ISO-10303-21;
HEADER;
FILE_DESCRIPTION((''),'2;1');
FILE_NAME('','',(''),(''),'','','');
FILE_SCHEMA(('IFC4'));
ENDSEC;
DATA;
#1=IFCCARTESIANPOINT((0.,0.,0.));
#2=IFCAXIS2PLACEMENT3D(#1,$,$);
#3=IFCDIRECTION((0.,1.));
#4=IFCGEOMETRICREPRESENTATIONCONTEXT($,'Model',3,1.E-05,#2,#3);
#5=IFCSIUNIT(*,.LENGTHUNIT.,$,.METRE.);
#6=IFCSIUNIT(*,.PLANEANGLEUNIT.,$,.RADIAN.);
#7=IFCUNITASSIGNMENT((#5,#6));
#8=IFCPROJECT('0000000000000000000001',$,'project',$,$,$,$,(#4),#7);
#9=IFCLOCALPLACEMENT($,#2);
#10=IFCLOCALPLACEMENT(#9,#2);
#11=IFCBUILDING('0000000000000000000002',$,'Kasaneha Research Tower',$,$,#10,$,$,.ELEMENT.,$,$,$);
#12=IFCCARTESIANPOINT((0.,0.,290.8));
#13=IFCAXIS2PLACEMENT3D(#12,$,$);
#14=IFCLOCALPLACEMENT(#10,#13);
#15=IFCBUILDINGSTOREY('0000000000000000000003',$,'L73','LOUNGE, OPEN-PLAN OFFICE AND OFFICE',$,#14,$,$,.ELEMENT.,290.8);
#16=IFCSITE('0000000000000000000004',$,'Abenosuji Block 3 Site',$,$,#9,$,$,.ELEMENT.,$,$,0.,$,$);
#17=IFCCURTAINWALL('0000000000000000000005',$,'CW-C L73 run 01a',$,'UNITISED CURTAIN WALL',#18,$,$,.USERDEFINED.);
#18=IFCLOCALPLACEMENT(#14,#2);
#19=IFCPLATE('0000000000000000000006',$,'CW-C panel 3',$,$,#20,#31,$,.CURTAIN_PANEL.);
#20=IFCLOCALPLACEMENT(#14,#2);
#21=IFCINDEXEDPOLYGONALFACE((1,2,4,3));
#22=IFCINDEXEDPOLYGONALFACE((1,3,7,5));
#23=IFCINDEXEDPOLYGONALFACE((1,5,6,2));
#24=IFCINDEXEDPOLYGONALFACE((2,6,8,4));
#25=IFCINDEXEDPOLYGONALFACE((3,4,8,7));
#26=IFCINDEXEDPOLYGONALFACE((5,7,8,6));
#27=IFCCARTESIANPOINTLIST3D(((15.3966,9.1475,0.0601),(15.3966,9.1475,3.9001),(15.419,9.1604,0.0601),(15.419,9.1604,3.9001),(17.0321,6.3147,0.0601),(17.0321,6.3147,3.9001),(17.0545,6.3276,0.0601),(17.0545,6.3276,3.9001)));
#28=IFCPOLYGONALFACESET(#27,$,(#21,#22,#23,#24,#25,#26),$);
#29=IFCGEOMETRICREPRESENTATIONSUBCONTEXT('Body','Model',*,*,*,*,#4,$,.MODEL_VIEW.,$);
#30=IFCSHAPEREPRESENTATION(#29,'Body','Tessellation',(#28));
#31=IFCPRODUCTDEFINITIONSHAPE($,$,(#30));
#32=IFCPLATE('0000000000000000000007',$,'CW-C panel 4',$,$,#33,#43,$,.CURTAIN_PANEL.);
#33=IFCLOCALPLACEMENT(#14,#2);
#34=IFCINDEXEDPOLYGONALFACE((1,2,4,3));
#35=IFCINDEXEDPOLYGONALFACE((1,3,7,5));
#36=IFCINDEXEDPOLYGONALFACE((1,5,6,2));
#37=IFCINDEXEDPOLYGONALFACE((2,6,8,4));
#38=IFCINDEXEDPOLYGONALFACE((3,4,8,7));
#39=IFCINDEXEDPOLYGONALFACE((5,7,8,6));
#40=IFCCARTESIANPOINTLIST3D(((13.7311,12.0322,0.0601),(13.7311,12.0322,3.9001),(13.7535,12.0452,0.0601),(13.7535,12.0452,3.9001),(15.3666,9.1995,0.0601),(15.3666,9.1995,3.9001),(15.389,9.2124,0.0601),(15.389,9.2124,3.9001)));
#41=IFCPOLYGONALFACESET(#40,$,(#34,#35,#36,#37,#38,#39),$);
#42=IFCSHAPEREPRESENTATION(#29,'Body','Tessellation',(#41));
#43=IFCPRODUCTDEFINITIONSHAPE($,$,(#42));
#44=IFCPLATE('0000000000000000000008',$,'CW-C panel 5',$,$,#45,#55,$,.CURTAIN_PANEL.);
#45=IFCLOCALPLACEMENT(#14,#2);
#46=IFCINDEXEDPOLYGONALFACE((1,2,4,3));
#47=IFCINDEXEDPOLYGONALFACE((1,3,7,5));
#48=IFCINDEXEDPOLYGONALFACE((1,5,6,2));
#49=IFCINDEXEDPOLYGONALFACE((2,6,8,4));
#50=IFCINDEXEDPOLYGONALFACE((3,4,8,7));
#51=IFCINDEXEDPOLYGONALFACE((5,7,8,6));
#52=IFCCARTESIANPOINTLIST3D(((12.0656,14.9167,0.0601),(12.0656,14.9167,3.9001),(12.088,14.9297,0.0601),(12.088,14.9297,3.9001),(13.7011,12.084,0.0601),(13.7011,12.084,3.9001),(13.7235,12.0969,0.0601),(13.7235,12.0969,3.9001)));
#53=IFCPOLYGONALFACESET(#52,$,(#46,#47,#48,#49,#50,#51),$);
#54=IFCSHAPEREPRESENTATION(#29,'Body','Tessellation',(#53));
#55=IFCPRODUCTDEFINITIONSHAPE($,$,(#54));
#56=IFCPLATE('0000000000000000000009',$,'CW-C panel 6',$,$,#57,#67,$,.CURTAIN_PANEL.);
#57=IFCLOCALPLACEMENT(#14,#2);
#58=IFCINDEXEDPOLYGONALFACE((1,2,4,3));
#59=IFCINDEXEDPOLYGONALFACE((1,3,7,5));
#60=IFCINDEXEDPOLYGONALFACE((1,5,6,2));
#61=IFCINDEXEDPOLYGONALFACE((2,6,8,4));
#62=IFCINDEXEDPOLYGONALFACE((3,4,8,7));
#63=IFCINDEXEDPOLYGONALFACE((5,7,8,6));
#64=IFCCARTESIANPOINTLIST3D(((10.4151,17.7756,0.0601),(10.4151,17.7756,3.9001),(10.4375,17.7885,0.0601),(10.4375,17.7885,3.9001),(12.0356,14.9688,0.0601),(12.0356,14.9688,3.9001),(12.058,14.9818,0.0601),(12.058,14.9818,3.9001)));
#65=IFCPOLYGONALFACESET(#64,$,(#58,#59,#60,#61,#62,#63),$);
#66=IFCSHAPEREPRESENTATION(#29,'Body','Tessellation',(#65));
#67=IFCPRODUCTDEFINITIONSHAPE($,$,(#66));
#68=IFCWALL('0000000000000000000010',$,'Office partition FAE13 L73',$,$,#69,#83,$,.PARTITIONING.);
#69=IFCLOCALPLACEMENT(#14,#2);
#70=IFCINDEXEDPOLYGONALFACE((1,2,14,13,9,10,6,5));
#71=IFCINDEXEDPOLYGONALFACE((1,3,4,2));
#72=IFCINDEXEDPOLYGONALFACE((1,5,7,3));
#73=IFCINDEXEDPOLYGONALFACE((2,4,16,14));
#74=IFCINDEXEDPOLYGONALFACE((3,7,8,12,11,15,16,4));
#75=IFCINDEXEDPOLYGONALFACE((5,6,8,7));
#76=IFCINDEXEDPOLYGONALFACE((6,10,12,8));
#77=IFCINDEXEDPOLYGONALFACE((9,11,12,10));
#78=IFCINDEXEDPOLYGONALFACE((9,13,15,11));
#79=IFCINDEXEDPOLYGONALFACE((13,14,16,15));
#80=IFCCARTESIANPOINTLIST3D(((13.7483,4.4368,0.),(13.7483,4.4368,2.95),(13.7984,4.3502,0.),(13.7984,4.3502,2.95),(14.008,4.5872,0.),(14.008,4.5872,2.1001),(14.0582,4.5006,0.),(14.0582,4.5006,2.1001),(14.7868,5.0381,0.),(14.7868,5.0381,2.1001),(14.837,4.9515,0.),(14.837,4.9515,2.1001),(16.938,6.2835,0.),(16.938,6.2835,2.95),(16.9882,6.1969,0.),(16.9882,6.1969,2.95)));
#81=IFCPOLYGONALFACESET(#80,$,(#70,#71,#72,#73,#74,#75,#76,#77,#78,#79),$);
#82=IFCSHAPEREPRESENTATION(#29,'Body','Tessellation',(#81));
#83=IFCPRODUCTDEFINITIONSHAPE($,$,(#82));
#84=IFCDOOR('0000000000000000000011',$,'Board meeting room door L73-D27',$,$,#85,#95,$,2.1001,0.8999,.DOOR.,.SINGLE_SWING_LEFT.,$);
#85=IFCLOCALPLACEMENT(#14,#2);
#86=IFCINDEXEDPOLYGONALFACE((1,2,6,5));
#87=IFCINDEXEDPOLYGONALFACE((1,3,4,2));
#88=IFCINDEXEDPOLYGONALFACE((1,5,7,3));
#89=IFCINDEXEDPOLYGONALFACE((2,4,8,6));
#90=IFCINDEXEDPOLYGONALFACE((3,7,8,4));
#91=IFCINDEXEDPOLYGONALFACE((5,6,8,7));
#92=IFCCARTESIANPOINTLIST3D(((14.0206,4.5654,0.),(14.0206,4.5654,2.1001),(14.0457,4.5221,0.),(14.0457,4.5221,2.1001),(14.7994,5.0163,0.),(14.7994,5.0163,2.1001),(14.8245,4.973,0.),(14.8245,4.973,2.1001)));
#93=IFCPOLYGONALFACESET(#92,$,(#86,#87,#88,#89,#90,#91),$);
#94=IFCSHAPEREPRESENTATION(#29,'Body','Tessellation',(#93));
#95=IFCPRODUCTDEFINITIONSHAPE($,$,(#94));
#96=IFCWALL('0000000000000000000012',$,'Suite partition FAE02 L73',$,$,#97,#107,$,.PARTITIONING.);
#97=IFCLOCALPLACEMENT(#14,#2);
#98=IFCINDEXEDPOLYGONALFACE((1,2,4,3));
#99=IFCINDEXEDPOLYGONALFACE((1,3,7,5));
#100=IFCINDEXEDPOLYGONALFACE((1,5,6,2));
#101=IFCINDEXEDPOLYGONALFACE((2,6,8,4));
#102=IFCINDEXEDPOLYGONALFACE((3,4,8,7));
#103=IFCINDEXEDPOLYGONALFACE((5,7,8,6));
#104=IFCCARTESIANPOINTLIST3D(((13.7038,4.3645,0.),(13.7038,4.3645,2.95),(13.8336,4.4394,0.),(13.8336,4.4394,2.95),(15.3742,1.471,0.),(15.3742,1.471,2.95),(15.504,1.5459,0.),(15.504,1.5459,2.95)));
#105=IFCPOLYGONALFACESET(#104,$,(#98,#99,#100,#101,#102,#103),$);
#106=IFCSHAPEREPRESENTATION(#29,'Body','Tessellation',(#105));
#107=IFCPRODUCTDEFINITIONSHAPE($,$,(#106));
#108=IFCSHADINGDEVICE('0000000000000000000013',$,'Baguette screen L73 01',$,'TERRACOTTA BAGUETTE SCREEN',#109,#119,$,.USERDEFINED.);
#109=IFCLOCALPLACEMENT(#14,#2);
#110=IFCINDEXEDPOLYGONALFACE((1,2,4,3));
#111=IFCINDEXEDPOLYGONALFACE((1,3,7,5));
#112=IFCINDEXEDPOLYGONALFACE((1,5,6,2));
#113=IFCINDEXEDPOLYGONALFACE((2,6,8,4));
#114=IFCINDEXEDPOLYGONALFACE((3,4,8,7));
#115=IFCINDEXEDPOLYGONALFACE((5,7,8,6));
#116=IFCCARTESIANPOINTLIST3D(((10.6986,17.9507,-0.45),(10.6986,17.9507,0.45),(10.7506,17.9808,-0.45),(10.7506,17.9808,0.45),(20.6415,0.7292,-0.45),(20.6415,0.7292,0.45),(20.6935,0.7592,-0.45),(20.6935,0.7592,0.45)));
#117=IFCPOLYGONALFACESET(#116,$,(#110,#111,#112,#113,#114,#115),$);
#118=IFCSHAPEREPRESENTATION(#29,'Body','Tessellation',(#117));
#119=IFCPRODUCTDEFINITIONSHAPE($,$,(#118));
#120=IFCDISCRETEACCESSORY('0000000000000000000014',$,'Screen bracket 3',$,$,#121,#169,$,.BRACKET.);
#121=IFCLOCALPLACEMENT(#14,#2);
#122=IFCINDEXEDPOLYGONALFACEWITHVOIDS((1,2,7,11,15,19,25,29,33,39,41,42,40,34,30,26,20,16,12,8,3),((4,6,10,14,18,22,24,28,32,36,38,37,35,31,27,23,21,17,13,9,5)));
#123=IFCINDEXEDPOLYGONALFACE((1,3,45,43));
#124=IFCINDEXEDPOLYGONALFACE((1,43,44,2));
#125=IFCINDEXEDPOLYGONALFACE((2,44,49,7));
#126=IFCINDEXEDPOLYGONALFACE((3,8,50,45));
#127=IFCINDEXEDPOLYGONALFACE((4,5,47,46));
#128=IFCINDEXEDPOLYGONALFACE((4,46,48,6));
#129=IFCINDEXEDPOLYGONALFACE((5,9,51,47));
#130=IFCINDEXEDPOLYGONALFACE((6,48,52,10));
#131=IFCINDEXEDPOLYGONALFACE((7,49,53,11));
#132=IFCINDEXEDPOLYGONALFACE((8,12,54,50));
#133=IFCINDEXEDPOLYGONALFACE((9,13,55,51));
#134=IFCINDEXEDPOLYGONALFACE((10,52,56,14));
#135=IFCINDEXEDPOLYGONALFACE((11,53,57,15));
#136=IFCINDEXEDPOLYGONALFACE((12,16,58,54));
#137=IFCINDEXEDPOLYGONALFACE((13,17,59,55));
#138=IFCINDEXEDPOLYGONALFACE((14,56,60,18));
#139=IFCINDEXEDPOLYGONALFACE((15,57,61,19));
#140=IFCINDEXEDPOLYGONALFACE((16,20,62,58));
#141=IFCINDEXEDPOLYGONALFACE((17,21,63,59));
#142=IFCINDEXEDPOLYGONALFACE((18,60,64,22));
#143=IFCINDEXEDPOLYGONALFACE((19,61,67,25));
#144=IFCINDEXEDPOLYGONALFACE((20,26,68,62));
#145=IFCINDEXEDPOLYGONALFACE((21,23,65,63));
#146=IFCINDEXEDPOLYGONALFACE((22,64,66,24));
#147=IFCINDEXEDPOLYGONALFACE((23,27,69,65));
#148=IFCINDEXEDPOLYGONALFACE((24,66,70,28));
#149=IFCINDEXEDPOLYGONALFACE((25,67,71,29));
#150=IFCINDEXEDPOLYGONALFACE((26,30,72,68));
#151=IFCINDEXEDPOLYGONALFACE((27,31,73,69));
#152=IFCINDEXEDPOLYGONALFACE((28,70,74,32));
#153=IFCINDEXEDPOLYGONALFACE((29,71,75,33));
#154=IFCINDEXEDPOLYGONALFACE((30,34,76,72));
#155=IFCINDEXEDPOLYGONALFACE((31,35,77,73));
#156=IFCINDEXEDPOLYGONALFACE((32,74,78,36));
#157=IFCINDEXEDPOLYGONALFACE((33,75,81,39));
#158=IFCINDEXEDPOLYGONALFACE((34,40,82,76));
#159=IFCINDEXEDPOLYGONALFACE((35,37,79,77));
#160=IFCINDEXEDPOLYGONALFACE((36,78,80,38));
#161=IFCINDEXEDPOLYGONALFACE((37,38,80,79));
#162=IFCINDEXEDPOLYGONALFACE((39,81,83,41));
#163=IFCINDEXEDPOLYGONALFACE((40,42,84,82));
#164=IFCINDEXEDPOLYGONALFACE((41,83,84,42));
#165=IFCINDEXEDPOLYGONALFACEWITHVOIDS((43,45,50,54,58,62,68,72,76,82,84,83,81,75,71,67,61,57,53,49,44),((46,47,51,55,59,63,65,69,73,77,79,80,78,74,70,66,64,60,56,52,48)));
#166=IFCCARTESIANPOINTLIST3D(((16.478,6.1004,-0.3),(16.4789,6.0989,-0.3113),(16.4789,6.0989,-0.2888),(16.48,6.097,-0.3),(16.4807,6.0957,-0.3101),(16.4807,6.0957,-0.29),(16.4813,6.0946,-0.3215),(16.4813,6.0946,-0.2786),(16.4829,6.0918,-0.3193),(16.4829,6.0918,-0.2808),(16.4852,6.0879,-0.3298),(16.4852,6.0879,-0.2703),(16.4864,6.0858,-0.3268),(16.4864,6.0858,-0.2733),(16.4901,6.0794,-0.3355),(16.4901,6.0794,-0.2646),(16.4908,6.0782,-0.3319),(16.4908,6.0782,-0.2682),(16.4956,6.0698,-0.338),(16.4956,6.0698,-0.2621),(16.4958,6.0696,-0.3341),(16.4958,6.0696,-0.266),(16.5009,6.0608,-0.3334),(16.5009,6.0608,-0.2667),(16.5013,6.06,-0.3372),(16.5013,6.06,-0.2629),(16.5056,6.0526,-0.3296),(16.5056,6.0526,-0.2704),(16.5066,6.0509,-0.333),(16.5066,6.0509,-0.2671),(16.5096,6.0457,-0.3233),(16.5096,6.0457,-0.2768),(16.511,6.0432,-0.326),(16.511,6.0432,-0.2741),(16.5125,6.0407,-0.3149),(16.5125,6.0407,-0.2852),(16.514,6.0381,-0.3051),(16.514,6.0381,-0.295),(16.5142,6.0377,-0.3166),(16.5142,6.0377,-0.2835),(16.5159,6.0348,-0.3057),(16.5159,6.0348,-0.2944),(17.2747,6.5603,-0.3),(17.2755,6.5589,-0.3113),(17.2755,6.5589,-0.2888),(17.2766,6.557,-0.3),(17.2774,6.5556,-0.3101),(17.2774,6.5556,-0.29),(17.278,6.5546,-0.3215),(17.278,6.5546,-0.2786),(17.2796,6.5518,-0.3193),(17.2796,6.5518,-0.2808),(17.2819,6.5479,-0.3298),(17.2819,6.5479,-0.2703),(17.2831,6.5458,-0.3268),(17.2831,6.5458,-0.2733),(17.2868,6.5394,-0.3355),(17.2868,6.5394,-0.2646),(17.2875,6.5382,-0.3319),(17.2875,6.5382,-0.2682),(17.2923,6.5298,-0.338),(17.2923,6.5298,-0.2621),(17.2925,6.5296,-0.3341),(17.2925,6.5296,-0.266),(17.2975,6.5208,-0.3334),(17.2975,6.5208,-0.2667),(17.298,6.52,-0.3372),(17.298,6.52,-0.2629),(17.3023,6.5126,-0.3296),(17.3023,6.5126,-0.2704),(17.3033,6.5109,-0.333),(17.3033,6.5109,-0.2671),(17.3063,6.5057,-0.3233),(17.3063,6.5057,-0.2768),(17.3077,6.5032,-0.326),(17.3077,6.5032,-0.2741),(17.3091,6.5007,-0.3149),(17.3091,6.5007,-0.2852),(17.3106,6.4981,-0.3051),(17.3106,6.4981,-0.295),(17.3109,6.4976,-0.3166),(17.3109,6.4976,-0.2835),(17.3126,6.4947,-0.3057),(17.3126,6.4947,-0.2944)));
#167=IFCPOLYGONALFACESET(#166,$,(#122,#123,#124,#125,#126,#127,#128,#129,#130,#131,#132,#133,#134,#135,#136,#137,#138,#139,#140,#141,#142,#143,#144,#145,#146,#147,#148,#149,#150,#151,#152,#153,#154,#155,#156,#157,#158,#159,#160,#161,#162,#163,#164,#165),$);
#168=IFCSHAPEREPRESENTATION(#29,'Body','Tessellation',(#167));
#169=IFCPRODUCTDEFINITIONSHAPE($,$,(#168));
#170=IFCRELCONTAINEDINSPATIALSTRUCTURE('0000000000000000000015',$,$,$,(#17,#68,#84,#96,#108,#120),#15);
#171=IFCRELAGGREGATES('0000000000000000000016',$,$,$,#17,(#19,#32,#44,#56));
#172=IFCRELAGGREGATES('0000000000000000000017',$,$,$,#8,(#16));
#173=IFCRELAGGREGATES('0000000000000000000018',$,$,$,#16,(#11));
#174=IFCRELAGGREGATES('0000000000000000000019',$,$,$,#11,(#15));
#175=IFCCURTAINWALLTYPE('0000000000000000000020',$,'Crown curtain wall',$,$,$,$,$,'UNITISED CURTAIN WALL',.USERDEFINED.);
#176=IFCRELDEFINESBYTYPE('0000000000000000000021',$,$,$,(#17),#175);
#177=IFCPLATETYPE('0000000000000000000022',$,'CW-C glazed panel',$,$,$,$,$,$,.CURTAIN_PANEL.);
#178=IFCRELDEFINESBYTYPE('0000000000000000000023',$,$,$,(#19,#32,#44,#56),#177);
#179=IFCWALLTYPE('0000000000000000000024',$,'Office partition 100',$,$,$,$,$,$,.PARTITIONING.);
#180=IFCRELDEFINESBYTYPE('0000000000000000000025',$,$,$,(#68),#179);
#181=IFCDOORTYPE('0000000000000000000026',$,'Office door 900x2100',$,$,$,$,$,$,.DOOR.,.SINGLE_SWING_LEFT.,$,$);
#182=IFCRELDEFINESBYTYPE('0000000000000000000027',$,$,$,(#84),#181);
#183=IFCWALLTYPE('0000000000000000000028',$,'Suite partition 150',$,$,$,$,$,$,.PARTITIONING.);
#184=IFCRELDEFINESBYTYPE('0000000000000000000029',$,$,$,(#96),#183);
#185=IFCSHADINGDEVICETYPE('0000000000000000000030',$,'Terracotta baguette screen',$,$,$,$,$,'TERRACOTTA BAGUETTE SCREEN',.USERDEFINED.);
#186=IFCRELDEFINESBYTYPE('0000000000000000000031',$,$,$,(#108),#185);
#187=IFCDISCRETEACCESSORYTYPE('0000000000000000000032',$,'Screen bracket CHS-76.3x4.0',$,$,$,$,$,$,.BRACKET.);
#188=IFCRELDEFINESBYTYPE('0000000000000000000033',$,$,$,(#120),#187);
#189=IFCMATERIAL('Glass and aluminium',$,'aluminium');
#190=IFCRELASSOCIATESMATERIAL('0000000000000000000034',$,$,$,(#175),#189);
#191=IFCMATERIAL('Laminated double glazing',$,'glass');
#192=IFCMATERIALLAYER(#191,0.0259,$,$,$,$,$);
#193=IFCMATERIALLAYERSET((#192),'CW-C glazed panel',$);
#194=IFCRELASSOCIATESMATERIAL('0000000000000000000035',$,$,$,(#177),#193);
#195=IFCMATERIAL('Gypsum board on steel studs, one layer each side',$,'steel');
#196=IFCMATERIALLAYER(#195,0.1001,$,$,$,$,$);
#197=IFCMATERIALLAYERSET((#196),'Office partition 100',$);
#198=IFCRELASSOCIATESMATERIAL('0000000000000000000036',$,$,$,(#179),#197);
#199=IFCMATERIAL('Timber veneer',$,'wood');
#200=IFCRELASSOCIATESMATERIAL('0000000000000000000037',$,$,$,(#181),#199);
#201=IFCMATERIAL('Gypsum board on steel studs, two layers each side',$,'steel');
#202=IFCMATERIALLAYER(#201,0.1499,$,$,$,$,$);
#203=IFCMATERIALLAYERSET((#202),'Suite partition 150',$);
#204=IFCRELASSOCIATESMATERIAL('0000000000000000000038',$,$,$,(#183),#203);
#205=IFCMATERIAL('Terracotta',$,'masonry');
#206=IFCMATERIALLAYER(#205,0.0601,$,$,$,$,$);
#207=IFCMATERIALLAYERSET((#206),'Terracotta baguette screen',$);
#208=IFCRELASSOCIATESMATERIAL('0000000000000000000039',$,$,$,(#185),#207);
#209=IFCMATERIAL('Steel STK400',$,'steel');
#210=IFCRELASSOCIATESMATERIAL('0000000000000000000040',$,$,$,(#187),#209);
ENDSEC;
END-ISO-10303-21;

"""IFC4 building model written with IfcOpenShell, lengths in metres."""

from ifc_helpers import new_model, si_unit, direction, frame, frame_2d, origin, origin_2d, place, context, subcontext, project, spatial, rectangle, hollow_circle, extrude, material, layer, layer_set, material_profile, profile_set, type_object, element, fill, aggregate, save


model = new_model("IFC4")

# Units and contexts
model_context = context("Model", 3, precision=1e-05, world=origin(), true_north=direction((0.0, 1.0)))
body_context = subcontext(model_context, "Body", "Model", "MODEL_VIEW")
ifc_project = project(units=[si_unit("LENGTHUNIT", "METRE"), si_unit("PLANEANGLEUNIT", "RADIAN")], contexts=[model_context])

# Site, building, storey
site_placement = place(None, origin())
site = spatial("IfcSite", under=ifc_project, at=site_placement, Name="Abenosuji Block 3 Site", CompositionType="ELEMENT", RefElevation=0.0)
building_placement = place(site_placement, origin())
building = spatial("IfcBuilding", under=site, at=building_placement, Name="Kasaneha Research Tower", CompositionType="ELEMENT")
storey_placement = place(building_placement, frame((0.0, 0.0, 290.8)))
storey = spatial("IfcBuildingStorey", under=building, at=storey_placement, Name="L73", Description="LOUNGE, OPEN-PLAN OFFICE AND OFFICE", CompositionType="ELEMENT", Elevation=290.8)

# Curtain wall
ifc_material_1 = material(Name="Glass and aluminium", Category="aluminium")
curtain_wall_type = type_object("IfcCurtainWallType", Name="Crown curtain wall", ElementType="UNITISED CURTAIN WALL", PredefinedType="USERDEFINED", material=ifc_material_1)
curtain_wall_1_placement = place(storey_placement, origin())
curtain_wall_1 = element("IfcCurtainWall", 1, at=curtain_wall_1_placement, inside=storey, type_object=curtain_wall_type, Name="CW-C L73 run 01a", ObjectType="UNITISED CURTAIN WALL", PredefinedType="USERDEFINED")

# Plates
ifc_material_2 = material(Name="Laminated double glazing", Category="glass")
ifc_layer_1 = layer(ifc_material_2, 0.0259)
ifc_layer_set_1 = layer_set([ifc_layer_1], Name="CW-C glazed panel")
plate_type = type_object("IfcPlateType", Name="CW-C glazed panel", PredefinedType="CURTAIN_PANEL", material=ifc_layer_set_1)
plate_1_placement = place(storey_placement, frame((16.2256, 7.7375, 0.0601), z_axis=(0.0, 0.0, 1.0), x_axis=(-0.5, 0.866025, 0.0)))
plate_1 = element("IfcPlate", 2, at=plate_1_placement, type_object=plate_type, Name="CW-C panel 3", PredefinedType="CURTAIN_PANEL", context=body_context, shape_type="SweptSolid", body=[
    extrude(rectangle(XDim=3.271, YDim=0.0259, at=origin_2d()), origin(), (0.0, 0.0, 1.0), 3.8401),
])
plate_2_placement = place(storey_placement, frame((14.5601, 10.6223, 0.0601), z_axis=(0.0, 0.0, 1.0), x_axis=(-0.5, 0.866025, 0.0)))
plate_2 = element("IfcPlate", 3, at=plate_2_placement, type_object=plate_type, Name="CW-C panel 4", PredefinedType="CURTAIN_PANEL", context=body_context, shape_type="SweptSolid", body=[
    extrude(rectangle(XDim=3.271, YDim=0.0259, at=origin_2d()), origin(), (0.0, 0.0, 1.0), 3.8401),
])
plate_3_placement = place(storey_placement, frame((12.8945, 13.5068, 0.0601), z_axis=(0.0, 0.0, 1.0), x_axis=(-0.5, 0.866025, 0.0)))
plate_3 = element("IfcPlate", 4, at=plate_3_placement, type_object=plate_type, Name="CW-C panel 5", PredefinedType="CURTAIN_PANEL", context=body_context, shape_type="SweptSolid", body=[
    extrude(rectangle(XDim=3.271, YDim=0.0259, at=origin_2d()), origin(), (0.0, 0.0, 1.0), 3.8401),
])
plate_4_placement = place(storey_placement, frame((11.2366, 16.3787, 0.0601), z_axis=(0.0, 0.0, 1.0), x_axis=(-0.5, 0.866025, 0.0)))
plate_4 = element("IfcPlate", 5, at=plate_4_placement, type_object=plate_type, Name="CW-C panel 6", PredefinedType="CURTAIN_PANEL", context=body_context, shape_type="SweptSolid", body=[
    extrude(rectangle(XDim=3.241, YDim=0.0259, at=origin_2d()), origin(), (0.0, 0.0, 1.0), 3.8401),
])
aggregate(curtain_wall_1, [plate_1, plate_2, plate_3, plate_4])

# Wall, opening, door
ifc_material_3 = material(Name="Gypsum board on steel studs, one layer each side", Category="steel")
ifc_layer_2 = layer(ifc_material_3, 0.1001)
ifc_layer_set_2 = layer_set([ifc_layer_2], Name="Office partition 100")
wall_type_1 = type_object("IfcWallType", Name="Office partition 100", PredefinedType="PARTITIONING", material=ifc_layer_set_2)
wall_1_placement = place(storey_placement, frame((13.7734, 4.3936, 0.0), z_axis=(0.0, 0.0, 1.0), x_axis=(0.865425, 0.501039, 0.0)))
wall_1 = element("IfcWall", 6, at=wall_1_placement, inside=storey, type_object=wall_type_1, Name="Office partition FAE13 L73", PredefinedType="PARTITIONING", context=body_context, shape_type="SweptSolid", body=[
    extrude(rectangle(XDim=3.6858, YDim=0.1001, at=frame_2d((1.8428, 0.0))), origin(), (0.0, 0.0, 1.0), 2.95),
])
opening_placement = place(wall_1_placement, frame((0.3, 0.0, 0.0)))
opening = element("IfcOpeningElement", 7, at=opening_placement, cuts=wall_1, PredefinedType="OPENING", context=body_context, shape_type="SweptSolid", body=[
    extrude(rectangle(XDim=0.8999, YDim=2.1001, at=frame_2d((0.45, 1.05))), frame((0.0, 0.0601, 0.0), z_axis=(0.0, -1.0, 0.0), x_axis=(1.0, 0.0, 0.0)), (0.0, 0.0, 1.0), 0.1201),
])
ifc_material_4 = material(Name="Timber veneer", Category="wood")
door_type = type_object("IfcDoorType", Name="Office door 900x2100", OperationType="SINGLE_SWING_LEFT", PredefinedType="DOOR", material=ifc_material_4)
door_placement = place(opening_placement, origin())
door = element("IfcDoor", 8, at=door_placement, inside=storey, type_object=door_type, Name="Board meeting room door L73-D27", OperationType="SINGLE_SWING_LEFT", OverallHeight=2.1001, OverallWidth=0.8999, PredefinedType="DOOR", context=body_context, shape_type="SweptSolid", body=[
    extrude(rectangle(XDim=0.8999, YDim=2.1001, at=frame_2d((0.45, 1.05))), frame((0.0, 0.0249, 0.0), z_axis=(0.0, -1.0, 0.0), x_axis=(1.0, 0.0, 0.0)), (0.0, 0.0, 1.0), 0.05),
])
fill(opening, door)

# Wall
ifc_material_5 = material(Name="Gypsum board on steel studs, two layers each side", Category="steel")
ifc_layer_3 = layer(ifc_material_5, 0.1499)
ifc_layer_set_3 = layer_set([ifc_layer_3], Name="Suite partition 150")
wall_type_2 = type_object("IfcWallType", Name="Suite partition 150", PredefinedType="PARTITIONING", material=ifc_layer_set_3)
wall_2_placement = place(storey_placement, frame((13.7688, 4.4019, 0.0), z_axis=(0.0, 0.0, 1.0), x_axis=(0.499959, -0.866049, 0.0)))
element("IfcWall", 9, at=wall_2_placement, inside=storey, type_object=wall_type_2, Name="Suite partition FAE02 L73", PredefinedType="PARTITIONING", context=body_context, shape_type="SweptSolid", body=[
    extrude(rectangle(XDim=3.3411, YDim=0.1499, at=frame_2d((1.6704, 0.0))), origin(), (0.0, 0.0, 1.0), 2.95),
])

# Shading device
ifc_material_6 = material(Name="Terracotta", Category="masonry")
ifc_layer_4 = layer(ifc_material_6, 0.0601)
ifc_layer_set_4 = layer_set([ifc_layer_4], Name="Terracotta baguette screen")
shading_device_type = type_object("IfcShadingDeviceType", Name="Terracotta baguette screen", ElementType="TERRACOTTA BAGUETTE SCREEN", PredefinedType="USERDEFINED", material=ifc_layer_set_4)
shading_device_placement = place(storey_placement, frame((15.696, 9.355, -0.45), z_axis=(0.0, 0.0, 1.0), x_axis=(-0.5, 0.866025, 0.0)))
element("IfcShadingDevice", 10, at=shading_device_placement, inside=storey, type_object=shading_device_type, Name="Baguette screen L73 01", ObjectType="TERRACOTTA BAGUETTE SCREEN", PredefinedType="USERDEFINED", context=body_context, shape_type="SweptSolid", body=[
    extrude(rectangle(XDim=19.8857, YDim=0.0601, at=origin_2d()), origin(), (0.0, 0.0, 1.0), 0.8999),
])

# Discrete accessory
ifc_material_7 = material(Name="Steel STK400", Category="steel")
ifc_material_profile_1 = material_profile(ifc_material_7, hollow_circle(Radius=0.0381, WallThickness=0.0039, at=origin_2d()), Name="CHS-76.3x4.0")
ifc_profile_set_1 = profile_set([ifc_material_profile_1], Name="Steel STK400")
discrete_accessory_type = type_object("IfcDiscreteAccessoryType", Name="Screen bracket CHS-76.3x4.0", PredefinedType="BRACKET", material=ifc_profile_set_1)
for number, where, z_axis, x_axis, name in (
    (11, (16.4971, 6.0674, -0.3), (0.866013, 0.500021, 0.0), (-0.500021, 0.866013, 0.0), "Screen bracket 3"),
):
    element("IfcDiscreteAccessory", number, at=place(storey_placement, frame(where, z_axis=z_axis, x_axis=x_axis)), inside=storey, type_object=discrete_accessory_type, Name=name, PredefinedType="BRACKET", context=body_context, shape_type="SweptSolid", body=[
        extrude(hollow_circle(Radius=0.0381, WallThickness=0.0039, at=origin_2d()), origin(), (0.0, 0.0, 1.0), 0.9199),
    ])

save(model, "model.ifc")
